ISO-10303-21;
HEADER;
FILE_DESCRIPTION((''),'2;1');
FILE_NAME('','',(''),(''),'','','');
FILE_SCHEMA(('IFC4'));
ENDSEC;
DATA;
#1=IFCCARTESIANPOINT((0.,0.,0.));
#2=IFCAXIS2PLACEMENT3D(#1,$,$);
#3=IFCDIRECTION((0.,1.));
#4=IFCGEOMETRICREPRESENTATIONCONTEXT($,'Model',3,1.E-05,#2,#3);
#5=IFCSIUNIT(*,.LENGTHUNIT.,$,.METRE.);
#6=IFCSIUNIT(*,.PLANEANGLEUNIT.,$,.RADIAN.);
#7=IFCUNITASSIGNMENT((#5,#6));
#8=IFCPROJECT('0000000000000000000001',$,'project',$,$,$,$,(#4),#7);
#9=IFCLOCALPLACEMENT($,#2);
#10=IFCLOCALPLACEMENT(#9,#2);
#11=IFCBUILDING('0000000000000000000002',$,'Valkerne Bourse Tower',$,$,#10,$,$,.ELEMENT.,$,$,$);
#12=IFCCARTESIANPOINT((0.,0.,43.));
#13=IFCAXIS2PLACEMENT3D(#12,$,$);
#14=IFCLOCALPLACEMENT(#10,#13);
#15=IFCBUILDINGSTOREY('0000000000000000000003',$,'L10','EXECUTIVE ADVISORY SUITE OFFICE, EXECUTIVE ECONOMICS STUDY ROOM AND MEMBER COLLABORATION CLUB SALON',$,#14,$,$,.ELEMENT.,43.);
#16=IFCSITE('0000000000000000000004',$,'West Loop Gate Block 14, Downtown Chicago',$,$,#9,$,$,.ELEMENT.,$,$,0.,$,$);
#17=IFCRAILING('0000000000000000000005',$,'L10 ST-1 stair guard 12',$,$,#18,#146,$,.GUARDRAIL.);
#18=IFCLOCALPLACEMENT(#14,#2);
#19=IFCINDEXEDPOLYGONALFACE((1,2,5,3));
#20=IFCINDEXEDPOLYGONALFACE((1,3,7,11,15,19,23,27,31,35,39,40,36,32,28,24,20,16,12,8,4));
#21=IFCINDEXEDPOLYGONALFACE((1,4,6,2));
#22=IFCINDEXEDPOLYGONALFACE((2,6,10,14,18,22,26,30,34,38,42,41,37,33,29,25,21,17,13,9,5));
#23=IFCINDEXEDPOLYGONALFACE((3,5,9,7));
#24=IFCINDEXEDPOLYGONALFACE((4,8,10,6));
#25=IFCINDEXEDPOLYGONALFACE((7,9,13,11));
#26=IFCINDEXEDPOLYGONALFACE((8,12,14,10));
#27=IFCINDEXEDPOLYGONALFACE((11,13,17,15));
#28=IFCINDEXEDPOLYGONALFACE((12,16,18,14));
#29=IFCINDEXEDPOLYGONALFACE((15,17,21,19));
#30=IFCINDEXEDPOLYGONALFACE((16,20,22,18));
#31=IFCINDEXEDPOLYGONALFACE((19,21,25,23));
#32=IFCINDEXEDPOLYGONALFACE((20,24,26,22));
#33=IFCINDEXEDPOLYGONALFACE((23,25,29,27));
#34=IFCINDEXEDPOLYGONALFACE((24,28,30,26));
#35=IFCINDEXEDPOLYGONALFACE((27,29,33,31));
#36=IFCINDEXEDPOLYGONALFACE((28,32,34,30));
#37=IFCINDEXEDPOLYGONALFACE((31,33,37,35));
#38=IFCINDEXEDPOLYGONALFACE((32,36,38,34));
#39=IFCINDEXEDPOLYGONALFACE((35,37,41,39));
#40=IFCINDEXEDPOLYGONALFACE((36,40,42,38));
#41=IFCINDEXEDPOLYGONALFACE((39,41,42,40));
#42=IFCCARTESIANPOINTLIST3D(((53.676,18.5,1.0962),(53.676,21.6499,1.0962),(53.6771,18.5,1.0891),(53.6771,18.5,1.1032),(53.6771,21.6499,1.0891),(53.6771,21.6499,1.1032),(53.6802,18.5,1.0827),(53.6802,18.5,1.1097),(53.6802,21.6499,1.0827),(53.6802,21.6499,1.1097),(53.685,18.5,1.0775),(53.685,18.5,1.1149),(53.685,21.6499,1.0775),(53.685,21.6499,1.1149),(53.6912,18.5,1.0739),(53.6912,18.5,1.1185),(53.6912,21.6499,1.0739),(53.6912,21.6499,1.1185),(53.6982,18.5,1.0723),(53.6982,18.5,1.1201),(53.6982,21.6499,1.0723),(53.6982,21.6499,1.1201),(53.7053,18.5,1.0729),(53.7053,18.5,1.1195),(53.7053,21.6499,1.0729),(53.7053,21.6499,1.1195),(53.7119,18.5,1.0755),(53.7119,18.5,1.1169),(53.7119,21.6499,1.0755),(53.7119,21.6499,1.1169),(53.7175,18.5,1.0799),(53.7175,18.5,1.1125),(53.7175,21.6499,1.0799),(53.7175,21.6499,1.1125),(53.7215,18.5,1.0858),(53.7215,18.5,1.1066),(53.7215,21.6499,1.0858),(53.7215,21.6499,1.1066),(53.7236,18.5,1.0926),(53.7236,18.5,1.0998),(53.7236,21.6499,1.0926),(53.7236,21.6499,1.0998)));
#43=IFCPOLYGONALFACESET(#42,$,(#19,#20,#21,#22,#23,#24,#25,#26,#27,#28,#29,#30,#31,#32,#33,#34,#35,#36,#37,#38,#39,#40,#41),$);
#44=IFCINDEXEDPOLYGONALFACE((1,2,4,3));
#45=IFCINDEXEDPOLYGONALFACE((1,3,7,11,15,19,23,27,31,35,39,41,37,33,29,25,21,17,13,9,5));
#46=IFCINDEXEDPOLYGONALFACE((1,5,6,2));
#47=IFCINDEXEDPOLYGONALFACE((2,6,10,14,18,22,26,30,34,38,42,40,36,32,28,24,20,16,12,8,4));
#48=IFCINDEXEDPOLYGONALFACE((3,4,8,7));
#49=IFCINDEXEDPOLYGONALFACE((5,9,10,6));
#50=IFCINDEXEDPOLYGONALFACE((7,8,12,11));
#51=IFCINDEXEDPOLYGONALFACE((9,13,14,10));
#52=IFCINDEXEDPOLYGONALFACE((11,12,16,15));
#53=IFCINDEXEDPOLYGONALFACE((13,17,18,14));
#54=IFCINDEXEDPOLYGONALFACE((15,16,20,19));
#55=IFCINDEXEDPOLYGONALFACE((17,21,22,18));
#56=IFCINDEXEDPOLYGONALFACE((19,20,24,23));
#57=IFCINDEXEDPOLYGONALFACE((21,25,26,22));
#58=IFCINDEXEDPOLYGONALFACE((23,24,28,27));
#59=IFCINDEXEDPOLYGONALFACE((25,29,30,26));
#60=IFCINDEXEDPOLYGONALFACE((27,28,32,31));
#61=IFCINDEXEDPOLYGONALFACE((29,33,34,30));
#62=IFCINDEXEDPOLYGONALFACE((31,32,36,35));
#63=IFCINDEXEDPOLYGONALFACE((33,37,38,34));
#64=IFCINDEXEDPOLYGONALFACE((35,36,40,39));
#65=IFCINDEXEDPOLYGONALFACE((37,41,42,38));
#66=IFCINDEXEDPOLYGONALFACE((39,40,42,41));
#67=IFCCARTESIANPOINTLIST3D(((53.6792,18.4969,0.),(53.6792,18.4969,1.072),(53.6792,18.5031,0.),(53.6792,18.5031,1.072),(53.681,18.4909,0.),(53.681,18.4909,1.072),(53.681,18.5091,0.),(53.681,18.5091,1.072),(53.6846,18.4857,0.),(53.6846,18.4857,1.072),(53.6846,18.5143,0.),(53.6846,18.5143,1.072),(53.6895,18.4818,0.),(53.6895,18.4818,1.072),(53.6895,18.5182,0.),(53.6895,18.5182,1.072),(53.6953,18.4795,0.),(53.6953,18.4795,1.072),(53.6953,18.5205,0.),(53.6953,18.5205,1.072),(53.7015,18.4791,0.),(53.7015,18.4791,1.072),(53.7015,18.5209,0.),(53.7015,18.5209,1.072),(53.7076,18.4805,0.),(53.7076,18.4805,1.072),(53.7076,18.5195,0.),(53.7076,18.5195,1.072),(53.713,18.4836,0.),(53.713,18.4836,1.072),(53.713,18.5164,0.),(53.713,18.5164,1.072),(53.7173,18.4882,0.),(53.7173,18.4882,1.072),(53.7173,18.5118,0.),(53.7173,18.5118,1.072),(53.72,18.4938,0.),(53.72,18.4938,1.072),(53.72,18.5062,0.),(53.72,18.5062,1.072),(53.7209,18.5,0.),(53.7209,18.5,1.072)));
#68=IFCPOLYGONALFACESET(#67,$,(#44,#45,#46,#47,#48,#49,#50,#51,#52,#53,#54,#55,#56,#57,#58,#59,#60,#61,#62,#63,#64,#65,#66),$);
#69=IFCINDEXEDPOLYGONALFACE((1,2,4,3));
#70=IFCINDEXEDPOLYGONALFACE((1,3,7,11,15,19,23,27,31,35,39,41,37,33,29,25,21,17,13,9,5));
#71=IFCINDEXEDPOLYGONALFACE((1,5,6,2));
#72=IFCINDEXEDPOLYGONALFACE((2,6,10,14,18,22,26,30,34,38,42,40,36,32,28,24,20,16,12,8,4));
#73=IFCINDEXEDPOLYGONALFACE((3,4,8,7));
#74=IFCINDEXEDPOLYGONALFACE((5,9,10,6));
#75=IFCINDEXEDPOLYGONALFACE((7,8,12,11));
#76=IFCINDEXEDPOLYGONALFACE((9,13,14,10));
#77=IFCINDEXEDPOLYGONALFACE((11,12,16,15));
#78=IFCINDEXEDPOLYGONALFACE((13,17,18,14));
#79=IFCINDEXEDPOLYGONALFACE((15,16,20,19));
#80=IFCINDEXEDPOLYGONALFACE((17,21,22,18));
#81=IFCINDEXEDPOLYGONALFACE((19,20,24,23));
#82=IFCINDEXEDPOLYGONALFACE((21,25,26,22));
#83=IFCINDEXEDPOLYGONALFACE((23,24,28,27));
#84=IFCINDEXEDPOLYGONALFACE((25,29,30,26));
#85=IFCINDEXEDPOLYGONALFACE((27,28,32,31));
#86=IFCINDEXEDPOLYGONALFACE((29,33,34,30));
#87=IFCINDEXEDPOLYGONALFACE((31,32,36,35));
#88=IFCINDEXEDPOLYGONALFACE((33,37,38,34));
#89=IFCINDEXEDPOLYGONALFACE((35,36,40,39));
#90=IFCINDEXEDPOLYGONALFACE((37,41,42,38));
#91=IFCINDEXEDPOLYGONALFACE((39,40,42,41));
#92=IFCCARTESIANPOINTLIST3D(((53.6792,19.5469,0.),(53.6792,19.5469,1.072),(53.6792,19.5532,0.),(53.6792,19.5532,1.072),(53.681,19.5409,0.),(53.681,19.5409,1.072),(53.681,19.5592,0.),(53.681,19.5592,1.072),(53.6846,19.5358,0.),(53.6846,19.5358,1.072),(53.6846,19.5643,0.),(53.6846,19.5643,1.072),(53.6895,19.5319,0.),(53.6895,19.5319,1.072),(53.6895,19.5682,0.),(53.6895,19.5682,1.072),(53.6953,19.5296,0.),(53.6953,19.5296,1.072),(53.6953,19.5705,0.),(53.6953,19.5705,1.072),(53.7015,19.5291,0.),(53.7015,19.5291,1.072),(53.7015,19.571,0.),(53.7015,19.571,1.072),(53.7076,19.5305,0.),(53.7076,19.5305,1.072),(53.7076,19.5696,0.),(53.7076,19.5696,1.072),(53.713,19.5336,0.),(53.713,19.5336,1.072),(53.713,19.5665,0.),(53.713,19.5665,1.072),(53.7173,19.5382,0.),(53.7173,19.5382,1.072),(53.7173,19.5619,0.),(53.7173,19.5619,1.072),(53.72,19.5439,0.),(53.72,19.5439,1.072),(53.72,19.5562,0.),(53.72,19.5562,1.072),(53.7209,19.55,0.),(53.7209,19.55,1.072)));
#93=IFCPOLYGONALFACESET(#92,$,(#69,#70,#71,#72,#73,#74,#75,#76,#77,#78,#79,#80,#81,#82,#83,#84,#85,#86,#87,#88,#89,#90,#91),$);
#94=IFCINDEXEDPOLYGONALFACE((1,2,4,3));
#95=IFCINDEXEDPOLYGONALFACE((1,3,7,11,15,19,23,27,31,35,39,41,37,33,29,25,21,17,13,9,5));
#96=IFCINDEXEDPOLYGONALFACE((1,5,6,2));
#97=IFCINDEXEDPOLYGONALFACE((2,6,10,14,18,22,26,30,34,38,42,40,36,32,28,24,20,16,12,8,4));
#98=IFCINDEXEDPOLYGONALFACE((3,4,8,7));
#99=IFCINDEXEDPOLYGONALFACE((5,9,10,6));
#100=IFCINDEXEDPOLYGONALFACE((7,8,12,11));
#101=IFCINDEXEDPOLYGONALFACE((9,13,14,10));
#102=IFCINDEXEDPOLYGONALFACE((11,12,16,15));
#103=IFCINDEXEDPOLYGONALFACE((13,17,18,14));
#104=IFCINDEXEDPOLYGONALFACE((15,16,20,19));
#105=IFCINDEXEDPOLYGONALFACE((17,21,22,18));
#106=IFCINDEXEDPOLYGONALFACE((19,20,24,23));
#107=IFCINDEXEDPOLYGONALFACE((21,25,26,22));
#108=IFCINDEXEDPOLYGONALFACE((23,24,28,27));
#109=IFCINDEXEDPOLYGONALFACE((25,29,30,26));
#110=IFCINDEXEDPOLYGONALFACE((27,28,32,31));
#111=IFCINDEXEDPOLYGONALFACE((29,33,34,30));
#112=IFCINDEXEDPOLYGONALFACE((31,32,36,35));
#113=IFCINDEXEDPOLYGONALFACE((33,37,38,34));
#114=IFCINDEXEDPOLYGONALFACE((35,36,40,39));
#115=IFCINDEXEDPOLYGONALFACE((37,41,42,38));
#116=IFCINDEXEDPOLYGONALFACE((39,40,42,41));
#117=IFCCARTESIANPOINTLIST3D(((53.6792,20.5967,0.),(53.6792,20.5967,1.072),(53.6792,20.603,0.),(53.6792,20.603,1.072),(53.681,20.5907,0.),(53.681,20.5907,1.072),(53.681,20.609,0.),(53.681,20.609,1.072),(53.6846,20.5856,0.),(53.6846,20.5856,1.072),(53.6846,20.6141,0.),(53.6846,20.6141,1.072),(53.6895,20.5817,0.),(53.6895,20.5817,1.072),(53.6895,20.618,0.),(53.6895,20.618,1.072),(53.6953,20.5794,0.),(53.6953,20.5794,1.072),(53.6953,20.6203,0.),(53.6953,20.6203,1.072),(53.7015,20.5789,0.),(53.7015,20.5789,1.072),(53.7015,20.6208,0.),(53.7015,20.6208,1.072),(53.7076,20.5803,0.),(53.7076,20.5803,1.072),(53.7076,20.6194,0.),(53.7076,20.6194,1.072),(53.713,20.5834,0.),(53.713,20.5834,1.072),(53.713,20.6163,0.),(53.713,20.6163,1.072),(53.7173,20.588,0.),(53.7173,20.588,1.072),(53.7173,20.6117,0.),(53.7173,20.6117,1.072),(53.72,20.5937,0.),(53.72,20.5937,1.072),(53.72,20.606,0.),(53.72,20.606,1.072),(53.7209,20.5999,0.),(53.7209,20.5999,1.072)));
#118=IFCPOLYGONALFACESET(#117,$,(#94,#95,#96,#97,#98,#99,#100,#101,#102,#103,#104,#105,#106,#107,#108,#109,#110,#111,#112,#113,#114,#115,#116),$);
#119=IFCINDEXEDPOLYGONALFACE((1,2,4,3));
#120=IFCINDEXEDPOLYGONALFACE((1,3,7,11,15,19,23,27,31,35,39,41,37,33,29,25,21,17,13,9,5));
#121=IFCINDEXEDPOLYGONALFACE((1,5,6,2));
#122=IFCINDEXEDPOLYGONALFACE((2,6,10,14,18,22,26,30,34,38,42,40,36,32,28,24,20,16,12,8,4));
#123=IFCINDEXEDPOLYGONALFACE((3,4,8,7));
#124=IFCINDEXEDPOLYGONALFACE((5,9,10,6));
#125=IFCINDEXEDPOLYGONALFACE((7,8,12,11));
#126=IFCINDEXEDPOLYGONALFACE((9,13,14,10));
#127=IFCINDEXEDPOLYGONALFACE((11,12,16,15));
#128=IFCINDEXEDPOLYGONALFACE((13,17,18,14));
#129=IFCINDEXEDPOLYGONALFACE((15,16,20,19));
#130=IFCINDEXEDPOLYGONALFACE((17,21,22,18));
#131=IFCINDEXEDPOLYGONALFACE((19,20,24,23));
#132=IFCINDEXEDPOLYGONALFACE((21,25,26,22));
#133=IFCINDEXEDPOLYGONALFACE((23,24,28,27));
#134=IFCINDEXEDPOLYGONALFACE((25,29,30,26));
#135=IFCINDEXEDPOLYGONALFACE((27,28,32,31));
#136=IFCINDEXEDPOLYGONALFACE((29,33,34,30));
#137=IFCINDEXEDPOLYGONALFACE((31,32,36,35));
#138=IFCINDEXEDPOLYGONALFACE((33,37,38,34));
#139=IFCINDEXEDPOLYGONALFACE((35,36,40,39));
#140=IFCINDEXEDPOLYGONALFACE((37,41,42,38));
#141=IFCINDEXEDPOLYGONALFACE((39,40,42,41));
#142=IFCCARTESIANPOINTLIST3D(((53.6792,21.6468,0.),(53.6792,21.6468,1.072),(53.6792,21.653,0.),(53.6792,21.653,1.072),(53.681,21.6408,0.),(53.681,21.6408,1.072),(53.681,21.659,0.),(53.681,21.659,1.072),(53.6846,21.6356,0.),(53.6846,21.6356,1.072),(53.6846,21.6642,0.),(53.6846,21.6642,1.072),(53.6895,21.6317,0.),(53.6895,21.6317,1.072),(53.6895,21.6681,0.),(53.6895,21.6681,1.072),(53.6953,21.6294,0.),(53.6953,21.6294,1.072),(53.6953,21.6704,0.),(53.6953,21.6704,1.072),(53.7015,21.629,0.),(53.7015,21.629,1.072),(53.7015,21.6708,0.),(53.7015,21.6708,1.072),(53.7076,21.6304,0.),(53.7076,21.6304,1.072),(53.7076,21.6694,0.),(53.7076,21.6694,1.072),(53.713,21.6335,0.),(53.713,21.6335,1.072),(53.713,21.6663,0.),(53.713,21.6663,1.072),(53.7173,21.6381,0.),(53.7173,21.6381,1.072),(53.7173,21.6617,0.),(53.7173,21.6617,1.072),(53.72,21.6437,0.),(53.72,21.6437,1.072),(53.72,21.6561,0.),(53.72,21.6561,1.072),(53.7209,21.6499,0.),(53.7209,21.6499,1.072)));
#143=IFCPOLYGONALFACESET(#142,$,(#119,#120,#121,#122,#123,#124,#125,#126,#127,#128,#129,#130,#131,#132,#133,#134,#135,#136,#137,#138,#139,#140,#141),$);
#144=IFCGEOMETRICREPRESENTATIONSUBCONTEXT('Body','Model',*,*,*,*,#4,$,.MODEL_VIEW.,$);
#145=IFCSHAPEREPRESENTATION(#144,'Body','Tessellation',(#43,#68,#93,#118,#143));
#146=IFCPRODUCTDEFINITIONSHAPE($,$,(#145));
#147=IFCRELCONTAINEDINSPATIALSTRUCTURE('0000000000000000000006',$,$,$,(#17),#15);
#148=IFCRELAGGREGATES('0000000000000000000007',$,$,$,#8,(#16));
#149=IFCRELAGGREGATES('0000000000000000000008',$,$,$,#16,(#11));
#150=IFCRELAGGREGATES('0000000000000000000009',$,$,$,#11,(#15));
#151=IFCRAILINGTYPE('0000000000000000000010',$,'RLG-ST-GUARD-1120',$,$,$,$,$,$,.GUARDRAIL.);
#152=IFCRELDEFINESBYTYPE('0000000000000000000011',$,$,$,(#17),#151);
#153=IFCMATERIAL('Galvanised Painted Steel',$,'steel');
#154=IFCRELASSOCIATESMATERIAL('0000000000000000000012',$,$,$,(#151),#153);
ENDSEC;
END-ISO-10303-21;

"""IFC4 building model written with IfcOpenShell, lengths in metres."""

from ifc_helpers import new_model, si_unit, direction, frame, origin, origin_2d, place, context, subcontext, project, spatial, circle, extrude, material, type_object, element, save


model = new_model("IFC4")

# Units and contexts
model_context = context("Model", 3, precision=1e-05, world=origin(), true_north=direction((0.0, 1.0)))
body_context = subcontext(model_context, "Body", "Model", "MODEL_VIEW")
ifc_project = project(units=[si_unit("LENGTHUNIT", "METRE"), si_unit("PLANEANGLEUNIT", "RADIAN")], contexts=[model_context])

# Site, building, storey
site_placement = place(None, origin())
site = spatial("IfcSite", under=ifc_project, at=site_placement, Name="West Loop Gate Block 14, Downtown Chicago", CompositionType="ELEMENT", RefElevation=0.0)
building_placement = place(site_placement, origin())
building = spatial("IfcBuilding", under=site, at=building_placement, Name="Valkerne Bourse Tower", CompositionType="ELEMENT")
storey_placement = place(building_placement, frame((0.0, 0.0, 43.0)))
storey = spatial("IfcBuildingStorey", under=building, at=storey_placement, Name="L10", Description="EXECUTIVE ADVISORY SUITE OFFICE, EXECUTIVE ECONOMICS STUDY ROOM AND MEMBER COLLABORATION CLUB SALON", CompositionType="ELEMENT", Elevation=43.0)

# Shared definitions
ifc_material_1 = material(Name="Galvanised Painted Steel", Category="steel")

# Railing
railing_type_1 = type_object("IfcRailingType", Name="RLG-ST-GUARD-1120", PredefinedType="GUARDRAIL", material=ifc_material_1)
railing_1_placement = place(storey_placement, frame((53.7, 18.5, 0.0)))
element("IfcRailing", 1, at=railing_1_placement, inside=storey, type_object=railing_type_1, Name="L10 ST-1 stair guard 12", PredefinedType="GUARDRAIL", context=body_context, shape_type="SweptSolid", body=[
    extrude(circle(Radius=0.0239, at=origin_2d()), frame((0.0, 0.0, 1.0962), z_axis=(0.0, 1.0, 0.0), x_axis=(-1.0, 0.0, 0.0)), (0.0, 0.0, 1.0), 3.1499),
    extrude(circle(Radius=0.021, at=origin_2d()), origin(), (0.0, 0.0, 1.0), 1.072),
    extrude(circle(Radius=0.021, at=origin_2d()), frame((0.0, 1.05, 0.0)), (0.0, 0.0, 1.0), 1.072),
    extrude(circle(Radius=0.021, at=origin_2d()), frame((0.0, 2.0999, 0.0)), (0.0, 0.0, 1.0), 1.072),
    extrude(circle(Radius=0.021, at=origin_2d()), frame((0.0, 3.1499, 0.0)), (0.0, 0.0, 1.0), 1.072),
])

save(model, "model.ifc")
